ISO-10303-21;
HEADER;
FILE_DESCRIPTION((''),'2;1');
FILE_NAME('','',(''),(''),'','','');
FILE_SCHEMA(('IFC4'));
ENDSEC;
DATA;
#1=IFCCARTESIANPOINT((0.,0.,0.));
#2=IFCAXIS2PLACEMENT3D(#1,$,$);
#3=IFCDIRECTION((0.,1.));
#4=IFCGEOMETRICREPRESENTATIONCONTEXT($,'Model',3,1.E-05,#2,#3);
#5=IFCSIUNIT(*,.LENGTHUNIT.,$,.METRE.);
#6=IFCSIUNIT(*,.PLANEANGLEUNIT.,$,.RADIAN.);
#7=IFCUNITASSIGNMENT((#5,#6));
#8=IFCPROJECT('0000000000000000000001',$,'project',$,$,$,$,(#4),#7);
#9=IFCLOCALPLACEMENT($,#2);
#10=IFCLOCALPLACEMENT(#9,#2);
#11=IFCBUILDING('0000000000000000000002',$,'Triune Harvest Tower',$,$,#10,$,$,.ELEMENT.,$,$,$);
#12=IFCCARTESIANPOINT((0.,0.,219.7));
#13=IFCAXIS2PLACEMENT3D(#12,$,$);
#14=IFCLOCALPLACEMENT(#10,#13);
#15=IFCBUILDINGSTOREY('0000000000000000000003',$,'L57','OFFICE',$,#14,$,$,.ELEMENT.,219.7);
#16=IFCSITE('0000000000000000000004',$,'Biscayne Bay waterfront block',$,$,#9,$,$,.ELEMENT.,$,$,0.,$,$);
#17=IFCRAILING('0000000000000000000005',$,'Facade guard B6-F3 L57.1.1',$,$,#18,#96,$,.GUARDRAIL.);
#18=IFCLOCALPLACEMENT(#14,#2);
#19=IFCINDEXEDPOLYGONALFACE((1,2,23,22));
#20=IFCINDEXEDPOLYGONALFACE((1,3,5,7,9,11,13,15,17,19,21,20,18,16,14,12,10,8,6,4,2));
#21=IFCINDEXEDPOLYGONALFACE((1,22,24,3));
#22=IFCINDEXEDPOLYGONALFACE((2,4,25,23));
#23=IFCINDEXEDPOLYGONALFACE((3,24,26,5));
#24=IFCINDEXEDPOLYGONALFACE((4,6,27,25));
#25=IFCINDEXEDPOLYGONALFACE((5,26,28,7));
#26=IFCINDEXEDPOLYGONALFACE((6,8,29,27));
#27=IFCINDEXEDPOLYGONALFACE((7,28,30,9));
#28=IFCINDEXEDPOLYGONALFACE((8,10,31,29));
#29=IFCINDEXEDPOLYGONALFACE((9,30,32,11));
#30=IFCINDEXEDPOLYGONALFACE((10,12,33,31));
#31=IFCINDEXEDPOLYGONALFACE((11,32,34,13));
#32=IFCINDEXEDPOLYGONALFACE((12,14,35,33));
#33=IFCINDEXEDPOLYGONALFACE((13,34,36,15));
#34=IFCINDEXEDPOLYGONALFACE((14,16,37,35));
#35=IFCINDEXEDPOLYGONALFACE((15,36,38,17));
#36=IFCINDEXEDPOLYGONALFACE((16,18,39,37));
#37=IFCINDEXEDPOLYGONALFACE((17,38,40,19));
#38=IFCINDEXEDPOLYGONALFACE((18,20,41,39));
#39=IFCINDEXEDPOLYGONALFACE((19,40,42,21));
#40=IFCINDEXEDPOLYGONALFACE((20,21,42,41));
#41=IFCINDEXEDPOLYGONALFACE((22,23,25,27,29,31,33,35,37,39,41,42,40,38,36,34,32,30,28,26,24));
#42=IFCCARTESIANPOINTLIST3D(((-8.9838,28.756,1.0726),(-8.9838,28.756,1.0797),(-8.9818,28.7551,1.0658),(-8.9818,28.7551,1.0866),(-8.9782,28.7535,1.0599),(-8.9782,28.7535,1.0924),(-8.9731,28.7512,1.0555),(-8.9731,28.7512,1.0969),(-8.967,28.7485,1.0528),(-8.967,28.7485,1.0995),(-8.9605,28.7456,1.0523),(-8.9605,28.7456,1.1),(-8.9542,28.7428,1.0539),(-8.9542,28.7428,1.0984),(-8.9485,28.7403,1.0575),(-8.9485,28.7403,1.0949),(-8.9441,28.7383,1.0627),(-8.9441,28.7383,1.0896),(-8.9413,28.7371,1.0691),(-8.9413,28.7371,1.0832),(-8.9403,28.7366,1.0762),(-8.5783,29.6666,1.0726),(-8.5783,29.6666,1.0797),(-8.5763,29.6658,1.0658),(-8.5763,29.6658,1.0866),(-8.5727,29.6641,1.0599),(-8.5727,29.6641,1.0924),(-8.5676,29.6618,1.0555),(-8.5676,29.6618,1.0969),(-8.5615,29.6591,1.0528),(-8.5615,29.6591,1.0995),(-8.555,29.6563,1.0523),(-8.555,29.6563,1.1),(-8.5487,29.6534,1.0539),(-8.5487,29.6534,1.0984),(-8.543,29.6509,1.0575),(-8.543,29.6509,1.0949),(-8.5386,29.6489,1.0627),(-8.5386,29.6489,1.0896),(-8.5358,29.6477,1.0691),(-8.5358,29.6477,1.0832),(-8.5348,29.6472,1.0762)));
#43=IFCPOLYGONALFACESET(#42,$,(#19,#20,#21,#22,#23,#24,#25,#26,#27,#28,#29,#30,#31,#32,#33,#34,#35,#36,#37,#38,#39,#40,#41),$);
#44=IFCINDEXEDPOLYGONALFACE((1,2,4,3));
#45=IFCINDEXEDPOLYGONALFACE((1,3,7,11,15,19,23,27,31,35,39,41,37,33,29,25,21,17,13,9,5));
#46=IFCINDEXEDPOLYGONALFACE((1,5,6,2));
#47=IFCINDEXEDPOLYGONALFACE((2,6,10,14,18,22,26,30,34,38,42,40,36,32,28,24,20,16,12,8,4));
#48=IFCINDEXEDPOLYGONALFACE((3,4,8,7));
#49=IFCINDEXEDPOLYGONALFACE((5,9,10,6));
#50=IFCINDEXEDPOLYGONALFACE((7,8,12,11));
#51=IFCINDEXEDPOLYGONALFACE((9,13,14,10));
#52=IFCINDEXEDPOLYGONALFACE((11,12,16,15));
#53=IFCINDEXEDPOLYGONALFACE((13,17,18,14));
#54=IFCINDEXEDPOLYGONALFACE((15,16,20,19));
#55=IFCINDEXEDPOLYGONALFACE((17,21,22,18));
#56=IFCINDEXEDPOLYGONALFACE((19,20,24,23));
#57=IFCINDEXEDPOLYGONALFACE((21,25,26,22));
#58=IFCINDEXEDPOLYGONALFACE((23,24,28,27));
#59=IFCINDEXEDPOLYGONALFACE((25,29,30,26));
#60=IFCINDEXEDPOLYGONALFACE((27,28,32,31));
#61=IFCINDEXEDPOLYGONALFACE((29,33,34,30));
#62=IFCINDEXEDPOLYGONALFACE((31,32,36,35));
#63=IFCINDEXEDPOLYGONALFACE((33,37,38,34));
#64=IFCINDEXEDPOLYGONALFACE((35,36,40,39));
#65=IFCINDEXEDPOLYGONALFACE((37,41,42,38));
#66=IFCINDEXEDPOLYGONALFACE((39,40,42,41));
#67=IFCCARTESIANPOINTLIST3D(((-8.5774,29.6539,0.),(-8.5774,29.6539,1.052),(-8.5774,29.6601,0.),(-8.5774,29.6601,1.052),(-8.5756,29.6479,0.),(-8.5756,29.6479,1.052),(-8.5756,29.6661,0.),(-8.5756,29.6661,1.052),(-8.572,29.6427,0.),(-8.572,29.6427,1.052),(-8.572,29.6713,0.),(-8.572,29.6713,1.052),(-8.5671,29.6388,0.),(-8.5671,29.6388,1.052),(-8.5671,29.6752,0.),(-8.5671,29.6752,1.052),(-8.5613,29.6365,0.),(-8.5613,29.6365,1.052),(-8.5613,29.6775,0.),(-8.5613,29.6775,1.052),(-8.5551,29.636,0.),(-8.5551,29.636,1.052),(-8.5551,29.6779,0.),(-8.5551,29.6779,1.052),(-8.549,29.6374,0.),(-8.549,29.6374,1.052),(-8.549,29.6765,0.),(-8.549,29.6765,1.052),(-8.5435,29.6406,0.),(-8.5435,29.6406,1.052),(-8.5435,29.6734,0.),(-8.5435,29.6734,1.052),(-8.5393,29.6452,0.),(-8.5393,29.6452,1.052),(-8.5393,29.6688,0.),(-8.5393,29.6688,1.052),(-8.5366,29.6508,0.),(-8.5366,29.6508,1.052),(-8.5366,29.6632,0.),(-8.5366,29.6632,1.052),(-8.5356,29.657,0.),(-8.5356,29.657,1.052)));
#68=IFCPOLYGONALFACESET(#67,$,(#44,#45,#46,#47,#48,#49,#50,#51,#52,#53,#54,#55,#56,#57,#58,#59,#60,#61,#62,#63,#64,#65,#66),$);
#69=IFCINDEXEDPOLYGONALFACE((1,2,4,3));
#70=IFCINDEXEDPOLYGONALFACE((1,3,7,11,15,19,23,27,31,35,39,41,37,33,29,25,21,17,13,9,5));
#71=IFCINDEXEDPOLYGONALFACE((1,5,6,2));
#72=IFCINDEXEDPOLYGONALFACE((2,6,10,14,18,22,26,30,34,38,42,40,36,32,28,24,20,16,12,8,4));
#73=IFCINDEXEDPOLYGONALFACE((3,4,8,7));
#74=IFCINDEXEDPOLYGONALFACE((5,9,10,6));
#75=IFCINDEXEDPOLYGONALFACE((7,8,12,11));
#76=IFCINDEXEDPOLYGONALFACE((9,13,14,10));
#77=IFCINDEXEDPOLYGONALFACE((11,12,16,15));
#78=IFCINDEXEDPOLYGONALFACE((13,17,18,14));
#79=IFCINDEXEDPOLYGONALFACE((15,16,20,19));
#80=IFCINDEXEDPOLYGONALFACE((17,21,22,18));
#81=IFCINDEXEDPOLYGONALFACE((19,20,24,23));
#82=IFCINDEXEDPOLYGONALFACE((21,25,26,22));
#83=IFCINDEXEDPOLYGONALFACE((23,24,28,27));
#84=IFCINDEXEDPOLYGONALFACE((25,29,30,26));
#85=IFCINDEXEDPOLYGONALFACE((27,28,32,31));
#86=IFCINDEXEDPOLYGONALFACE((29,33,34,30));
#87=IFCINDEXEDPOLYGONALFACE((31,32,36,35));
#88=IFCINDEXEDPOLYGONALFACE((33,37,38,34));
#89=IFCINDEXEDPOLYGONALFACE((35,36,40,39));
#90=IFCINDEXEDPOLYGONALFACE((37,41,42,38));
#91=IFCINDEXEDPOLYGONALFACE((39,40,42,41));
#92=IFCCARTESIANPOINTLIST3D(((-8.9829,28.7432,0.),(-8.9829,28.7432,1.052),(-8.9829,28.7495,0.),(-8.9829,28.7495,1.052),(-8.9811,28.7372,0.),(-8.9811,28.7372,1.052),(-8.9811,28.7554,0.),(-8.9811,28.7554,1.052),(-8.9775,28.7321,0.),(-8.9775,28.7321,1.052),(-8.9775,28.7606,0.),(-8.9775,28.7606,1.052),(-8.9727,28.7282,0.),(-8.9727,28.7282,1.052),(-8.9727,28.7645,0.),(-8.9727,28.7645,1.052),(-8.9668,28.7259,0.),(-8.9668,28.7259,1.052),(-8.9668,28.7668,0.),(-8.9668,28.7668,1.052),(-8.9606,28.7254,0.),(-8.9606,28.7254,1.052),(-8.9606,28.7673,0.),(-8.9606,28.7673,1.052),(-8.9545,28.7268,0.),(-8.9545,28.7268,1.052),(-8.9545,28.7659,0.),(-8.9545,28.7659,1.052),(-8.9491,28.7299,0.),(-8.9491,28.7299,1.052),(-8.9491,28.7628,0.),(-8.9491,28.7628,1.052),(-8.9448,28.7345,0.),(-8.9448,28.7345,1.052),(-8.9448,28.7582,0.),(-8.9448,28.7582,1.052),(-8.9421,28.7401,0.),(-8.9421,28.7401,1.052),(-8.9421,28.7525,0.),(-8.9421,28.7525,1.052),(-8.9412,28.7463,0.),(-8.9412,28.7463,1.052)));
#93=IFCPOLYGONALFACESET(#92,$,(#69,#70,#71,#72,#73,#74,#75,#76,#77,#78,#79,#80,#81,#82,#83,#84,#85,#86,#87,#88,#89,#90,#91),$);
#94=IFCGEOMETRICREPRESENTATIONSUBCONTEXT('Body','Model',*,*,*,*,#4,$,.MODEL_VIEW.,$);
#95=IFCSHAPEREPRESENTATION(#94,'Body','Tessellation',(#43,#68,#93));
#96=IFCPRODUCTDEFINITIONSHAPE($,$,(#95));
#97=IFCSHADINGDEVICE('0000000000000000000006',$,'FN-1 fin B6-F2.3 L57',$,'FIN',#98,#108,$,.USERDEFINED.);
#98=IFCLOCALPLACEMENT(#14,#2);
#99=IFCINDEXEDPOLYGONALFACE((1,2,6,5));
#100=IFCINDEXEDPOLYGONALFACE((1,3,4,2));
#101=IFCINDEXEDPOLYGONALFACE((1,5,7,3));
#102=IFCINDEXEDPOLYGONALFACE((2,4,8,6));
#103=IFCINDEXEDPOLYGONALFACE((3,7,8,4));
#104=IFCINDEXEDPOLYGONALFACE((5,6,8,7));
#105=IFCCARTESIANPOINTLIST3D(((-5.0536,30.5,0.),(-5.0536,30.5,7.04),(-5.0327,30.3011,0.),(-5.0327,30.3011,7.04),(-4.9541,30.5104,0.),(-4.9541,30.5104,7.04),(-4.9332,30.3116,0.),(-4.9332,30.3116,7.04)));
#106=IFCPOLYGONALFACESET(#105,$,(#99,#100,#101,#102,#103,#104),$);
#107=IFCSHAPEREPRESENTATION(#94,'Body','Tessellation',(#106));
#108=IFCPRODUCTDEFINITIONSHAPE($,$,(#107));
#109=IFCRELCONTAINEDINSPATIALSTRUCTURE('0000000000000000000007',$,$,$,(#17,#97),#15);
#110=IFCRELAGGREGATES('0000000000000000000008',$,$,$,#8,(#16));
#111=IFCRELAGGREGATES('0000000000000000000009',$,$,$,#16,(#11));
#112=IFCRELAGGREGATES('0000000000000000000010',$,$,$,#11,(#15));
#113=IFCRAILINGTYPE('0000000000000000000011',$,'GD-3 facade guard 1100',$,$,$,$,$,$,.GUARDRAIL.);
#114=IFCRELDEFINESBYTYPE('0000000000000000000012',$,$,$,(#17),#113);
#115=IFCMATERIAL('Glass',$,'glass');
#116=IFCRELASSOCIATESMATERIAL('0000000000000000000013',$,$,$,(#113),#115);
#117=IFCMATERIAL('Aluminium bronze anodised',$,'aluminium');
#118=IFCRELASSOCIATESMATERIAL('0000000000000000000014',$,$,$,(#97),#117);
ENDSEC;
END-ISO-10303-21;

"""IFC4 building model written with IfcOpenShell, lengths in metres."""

from ifc_helpers import new_model, si_unit, direction, frame, origin, origin_2d, place, context, subcontext, project, spatial, rectangle, circle, extrude, source, transform, mapped, material, type_object, element, save


model = new_model("IFC4")

# Units and contexts
model_context = context("Model", 3, precision=1e-05, world=origin(), true_north=direction((0.0, 1.0)))
body_context = subcontext(model_context, "Body", "Model", "MODEL_VIEW")
ifc_project = project(units=[si_unit("LENGTHUNIT", "METRE"), si_unit("PLANEANGLEUNIT", "RADIAN")], contexts=[model_context])

# Site, building, storey
site_placement = place(None, origin())
site = spatial("IfcSite", under=ifc_project, at=site_placement, Name="Biscayne Bay waterfront block", CompositionType="ELEMENT", RefElevation=0.0)
building_placement = place(site_placement, origin())
building = spatial("IfcBuilding", under=site, at=building_placement, Name="Triune Harvest Tower", CompositionType="ELEMENT")
storey_placement = place(building_placement, frame((0.0, 0.0, 219.7)))
storey = spatial("IfcBuildingStorey", under=building, at=storey_placement, Name="L57", Description="OFFICE", CompositionType="ELEMENT", Elevation=219.7)

# Railing
ifc_material_1 = material(Name="Glass", Category="glass")
railing_type = type_object("IfcRailingType", Name="GD-3 facade guard 1100", PredefinedType="GUARDRAIL", material=ifc_material_1)
railing_placement = place(storey_placement, frame((-8.5566, 29.657, 0.0)))
element("IfcRailing", 1, at=railing_placement, inside=storey, type_object=railing_type, Name="Facade guard B6-F3 L57.1.1", PredefinedType="GUARDRAIL", context=body_context, shape_type="SweptSolid", body=[
    extrude(circle(Radius=0.0239, at=origin_2d()), frame((0.0, 0.0, 1.0762), z_axis=(-0.406797, -0.913518, 0.0), x_axis=(0.913518, -0.406797, 0.0)), (0.0, 0.0, 1.0), 0.9968),
    extrude(circle(Radius=0.021, at=origin_2d()), origin(), (0.0, 0.0, 1.0), 1.052),
    extrude(circle(Radius=0.021, at=origin_2d()), frame((-0.4055, -0.9106, 0.0)), (0.0, 0.0, 1.0), 1.052),
])

# Shading device
ifc_material_2 = material(Name="Aluminium bronze anodised", Category="aluminium")
shared_shape_1 = source(origin(), body_context, "Body", "SweptSolid", [
    extrude(rectangle(XDim=0.1001, YDim=0.2, at=origin_2d()), origin(), (0.0, 0.0, 1.0), 7.04),
])
shading_device_placement = place(storey_placement, frame((-4.9934, 30.4058, 0.0), z_axis=(0.0, 0.0, 1.0), x_axis=(-0.994522, -0.10453, 0.0)))
element("IfcShadingDevice", 2, at=shading_device_placement, inside=storey, material=ifc_material_2, Name="FN-1 fin B6-F2.3 L57", ObjectType="FIN", PredefinedType="USERDEFINED", context=body_context, shape_type="MappedRepresentation", body=[
    mapped(shared_shape_1, transform((0.0, 0.0, 0.0), scale=1.0)),
])

save(model, "model.ifc")
